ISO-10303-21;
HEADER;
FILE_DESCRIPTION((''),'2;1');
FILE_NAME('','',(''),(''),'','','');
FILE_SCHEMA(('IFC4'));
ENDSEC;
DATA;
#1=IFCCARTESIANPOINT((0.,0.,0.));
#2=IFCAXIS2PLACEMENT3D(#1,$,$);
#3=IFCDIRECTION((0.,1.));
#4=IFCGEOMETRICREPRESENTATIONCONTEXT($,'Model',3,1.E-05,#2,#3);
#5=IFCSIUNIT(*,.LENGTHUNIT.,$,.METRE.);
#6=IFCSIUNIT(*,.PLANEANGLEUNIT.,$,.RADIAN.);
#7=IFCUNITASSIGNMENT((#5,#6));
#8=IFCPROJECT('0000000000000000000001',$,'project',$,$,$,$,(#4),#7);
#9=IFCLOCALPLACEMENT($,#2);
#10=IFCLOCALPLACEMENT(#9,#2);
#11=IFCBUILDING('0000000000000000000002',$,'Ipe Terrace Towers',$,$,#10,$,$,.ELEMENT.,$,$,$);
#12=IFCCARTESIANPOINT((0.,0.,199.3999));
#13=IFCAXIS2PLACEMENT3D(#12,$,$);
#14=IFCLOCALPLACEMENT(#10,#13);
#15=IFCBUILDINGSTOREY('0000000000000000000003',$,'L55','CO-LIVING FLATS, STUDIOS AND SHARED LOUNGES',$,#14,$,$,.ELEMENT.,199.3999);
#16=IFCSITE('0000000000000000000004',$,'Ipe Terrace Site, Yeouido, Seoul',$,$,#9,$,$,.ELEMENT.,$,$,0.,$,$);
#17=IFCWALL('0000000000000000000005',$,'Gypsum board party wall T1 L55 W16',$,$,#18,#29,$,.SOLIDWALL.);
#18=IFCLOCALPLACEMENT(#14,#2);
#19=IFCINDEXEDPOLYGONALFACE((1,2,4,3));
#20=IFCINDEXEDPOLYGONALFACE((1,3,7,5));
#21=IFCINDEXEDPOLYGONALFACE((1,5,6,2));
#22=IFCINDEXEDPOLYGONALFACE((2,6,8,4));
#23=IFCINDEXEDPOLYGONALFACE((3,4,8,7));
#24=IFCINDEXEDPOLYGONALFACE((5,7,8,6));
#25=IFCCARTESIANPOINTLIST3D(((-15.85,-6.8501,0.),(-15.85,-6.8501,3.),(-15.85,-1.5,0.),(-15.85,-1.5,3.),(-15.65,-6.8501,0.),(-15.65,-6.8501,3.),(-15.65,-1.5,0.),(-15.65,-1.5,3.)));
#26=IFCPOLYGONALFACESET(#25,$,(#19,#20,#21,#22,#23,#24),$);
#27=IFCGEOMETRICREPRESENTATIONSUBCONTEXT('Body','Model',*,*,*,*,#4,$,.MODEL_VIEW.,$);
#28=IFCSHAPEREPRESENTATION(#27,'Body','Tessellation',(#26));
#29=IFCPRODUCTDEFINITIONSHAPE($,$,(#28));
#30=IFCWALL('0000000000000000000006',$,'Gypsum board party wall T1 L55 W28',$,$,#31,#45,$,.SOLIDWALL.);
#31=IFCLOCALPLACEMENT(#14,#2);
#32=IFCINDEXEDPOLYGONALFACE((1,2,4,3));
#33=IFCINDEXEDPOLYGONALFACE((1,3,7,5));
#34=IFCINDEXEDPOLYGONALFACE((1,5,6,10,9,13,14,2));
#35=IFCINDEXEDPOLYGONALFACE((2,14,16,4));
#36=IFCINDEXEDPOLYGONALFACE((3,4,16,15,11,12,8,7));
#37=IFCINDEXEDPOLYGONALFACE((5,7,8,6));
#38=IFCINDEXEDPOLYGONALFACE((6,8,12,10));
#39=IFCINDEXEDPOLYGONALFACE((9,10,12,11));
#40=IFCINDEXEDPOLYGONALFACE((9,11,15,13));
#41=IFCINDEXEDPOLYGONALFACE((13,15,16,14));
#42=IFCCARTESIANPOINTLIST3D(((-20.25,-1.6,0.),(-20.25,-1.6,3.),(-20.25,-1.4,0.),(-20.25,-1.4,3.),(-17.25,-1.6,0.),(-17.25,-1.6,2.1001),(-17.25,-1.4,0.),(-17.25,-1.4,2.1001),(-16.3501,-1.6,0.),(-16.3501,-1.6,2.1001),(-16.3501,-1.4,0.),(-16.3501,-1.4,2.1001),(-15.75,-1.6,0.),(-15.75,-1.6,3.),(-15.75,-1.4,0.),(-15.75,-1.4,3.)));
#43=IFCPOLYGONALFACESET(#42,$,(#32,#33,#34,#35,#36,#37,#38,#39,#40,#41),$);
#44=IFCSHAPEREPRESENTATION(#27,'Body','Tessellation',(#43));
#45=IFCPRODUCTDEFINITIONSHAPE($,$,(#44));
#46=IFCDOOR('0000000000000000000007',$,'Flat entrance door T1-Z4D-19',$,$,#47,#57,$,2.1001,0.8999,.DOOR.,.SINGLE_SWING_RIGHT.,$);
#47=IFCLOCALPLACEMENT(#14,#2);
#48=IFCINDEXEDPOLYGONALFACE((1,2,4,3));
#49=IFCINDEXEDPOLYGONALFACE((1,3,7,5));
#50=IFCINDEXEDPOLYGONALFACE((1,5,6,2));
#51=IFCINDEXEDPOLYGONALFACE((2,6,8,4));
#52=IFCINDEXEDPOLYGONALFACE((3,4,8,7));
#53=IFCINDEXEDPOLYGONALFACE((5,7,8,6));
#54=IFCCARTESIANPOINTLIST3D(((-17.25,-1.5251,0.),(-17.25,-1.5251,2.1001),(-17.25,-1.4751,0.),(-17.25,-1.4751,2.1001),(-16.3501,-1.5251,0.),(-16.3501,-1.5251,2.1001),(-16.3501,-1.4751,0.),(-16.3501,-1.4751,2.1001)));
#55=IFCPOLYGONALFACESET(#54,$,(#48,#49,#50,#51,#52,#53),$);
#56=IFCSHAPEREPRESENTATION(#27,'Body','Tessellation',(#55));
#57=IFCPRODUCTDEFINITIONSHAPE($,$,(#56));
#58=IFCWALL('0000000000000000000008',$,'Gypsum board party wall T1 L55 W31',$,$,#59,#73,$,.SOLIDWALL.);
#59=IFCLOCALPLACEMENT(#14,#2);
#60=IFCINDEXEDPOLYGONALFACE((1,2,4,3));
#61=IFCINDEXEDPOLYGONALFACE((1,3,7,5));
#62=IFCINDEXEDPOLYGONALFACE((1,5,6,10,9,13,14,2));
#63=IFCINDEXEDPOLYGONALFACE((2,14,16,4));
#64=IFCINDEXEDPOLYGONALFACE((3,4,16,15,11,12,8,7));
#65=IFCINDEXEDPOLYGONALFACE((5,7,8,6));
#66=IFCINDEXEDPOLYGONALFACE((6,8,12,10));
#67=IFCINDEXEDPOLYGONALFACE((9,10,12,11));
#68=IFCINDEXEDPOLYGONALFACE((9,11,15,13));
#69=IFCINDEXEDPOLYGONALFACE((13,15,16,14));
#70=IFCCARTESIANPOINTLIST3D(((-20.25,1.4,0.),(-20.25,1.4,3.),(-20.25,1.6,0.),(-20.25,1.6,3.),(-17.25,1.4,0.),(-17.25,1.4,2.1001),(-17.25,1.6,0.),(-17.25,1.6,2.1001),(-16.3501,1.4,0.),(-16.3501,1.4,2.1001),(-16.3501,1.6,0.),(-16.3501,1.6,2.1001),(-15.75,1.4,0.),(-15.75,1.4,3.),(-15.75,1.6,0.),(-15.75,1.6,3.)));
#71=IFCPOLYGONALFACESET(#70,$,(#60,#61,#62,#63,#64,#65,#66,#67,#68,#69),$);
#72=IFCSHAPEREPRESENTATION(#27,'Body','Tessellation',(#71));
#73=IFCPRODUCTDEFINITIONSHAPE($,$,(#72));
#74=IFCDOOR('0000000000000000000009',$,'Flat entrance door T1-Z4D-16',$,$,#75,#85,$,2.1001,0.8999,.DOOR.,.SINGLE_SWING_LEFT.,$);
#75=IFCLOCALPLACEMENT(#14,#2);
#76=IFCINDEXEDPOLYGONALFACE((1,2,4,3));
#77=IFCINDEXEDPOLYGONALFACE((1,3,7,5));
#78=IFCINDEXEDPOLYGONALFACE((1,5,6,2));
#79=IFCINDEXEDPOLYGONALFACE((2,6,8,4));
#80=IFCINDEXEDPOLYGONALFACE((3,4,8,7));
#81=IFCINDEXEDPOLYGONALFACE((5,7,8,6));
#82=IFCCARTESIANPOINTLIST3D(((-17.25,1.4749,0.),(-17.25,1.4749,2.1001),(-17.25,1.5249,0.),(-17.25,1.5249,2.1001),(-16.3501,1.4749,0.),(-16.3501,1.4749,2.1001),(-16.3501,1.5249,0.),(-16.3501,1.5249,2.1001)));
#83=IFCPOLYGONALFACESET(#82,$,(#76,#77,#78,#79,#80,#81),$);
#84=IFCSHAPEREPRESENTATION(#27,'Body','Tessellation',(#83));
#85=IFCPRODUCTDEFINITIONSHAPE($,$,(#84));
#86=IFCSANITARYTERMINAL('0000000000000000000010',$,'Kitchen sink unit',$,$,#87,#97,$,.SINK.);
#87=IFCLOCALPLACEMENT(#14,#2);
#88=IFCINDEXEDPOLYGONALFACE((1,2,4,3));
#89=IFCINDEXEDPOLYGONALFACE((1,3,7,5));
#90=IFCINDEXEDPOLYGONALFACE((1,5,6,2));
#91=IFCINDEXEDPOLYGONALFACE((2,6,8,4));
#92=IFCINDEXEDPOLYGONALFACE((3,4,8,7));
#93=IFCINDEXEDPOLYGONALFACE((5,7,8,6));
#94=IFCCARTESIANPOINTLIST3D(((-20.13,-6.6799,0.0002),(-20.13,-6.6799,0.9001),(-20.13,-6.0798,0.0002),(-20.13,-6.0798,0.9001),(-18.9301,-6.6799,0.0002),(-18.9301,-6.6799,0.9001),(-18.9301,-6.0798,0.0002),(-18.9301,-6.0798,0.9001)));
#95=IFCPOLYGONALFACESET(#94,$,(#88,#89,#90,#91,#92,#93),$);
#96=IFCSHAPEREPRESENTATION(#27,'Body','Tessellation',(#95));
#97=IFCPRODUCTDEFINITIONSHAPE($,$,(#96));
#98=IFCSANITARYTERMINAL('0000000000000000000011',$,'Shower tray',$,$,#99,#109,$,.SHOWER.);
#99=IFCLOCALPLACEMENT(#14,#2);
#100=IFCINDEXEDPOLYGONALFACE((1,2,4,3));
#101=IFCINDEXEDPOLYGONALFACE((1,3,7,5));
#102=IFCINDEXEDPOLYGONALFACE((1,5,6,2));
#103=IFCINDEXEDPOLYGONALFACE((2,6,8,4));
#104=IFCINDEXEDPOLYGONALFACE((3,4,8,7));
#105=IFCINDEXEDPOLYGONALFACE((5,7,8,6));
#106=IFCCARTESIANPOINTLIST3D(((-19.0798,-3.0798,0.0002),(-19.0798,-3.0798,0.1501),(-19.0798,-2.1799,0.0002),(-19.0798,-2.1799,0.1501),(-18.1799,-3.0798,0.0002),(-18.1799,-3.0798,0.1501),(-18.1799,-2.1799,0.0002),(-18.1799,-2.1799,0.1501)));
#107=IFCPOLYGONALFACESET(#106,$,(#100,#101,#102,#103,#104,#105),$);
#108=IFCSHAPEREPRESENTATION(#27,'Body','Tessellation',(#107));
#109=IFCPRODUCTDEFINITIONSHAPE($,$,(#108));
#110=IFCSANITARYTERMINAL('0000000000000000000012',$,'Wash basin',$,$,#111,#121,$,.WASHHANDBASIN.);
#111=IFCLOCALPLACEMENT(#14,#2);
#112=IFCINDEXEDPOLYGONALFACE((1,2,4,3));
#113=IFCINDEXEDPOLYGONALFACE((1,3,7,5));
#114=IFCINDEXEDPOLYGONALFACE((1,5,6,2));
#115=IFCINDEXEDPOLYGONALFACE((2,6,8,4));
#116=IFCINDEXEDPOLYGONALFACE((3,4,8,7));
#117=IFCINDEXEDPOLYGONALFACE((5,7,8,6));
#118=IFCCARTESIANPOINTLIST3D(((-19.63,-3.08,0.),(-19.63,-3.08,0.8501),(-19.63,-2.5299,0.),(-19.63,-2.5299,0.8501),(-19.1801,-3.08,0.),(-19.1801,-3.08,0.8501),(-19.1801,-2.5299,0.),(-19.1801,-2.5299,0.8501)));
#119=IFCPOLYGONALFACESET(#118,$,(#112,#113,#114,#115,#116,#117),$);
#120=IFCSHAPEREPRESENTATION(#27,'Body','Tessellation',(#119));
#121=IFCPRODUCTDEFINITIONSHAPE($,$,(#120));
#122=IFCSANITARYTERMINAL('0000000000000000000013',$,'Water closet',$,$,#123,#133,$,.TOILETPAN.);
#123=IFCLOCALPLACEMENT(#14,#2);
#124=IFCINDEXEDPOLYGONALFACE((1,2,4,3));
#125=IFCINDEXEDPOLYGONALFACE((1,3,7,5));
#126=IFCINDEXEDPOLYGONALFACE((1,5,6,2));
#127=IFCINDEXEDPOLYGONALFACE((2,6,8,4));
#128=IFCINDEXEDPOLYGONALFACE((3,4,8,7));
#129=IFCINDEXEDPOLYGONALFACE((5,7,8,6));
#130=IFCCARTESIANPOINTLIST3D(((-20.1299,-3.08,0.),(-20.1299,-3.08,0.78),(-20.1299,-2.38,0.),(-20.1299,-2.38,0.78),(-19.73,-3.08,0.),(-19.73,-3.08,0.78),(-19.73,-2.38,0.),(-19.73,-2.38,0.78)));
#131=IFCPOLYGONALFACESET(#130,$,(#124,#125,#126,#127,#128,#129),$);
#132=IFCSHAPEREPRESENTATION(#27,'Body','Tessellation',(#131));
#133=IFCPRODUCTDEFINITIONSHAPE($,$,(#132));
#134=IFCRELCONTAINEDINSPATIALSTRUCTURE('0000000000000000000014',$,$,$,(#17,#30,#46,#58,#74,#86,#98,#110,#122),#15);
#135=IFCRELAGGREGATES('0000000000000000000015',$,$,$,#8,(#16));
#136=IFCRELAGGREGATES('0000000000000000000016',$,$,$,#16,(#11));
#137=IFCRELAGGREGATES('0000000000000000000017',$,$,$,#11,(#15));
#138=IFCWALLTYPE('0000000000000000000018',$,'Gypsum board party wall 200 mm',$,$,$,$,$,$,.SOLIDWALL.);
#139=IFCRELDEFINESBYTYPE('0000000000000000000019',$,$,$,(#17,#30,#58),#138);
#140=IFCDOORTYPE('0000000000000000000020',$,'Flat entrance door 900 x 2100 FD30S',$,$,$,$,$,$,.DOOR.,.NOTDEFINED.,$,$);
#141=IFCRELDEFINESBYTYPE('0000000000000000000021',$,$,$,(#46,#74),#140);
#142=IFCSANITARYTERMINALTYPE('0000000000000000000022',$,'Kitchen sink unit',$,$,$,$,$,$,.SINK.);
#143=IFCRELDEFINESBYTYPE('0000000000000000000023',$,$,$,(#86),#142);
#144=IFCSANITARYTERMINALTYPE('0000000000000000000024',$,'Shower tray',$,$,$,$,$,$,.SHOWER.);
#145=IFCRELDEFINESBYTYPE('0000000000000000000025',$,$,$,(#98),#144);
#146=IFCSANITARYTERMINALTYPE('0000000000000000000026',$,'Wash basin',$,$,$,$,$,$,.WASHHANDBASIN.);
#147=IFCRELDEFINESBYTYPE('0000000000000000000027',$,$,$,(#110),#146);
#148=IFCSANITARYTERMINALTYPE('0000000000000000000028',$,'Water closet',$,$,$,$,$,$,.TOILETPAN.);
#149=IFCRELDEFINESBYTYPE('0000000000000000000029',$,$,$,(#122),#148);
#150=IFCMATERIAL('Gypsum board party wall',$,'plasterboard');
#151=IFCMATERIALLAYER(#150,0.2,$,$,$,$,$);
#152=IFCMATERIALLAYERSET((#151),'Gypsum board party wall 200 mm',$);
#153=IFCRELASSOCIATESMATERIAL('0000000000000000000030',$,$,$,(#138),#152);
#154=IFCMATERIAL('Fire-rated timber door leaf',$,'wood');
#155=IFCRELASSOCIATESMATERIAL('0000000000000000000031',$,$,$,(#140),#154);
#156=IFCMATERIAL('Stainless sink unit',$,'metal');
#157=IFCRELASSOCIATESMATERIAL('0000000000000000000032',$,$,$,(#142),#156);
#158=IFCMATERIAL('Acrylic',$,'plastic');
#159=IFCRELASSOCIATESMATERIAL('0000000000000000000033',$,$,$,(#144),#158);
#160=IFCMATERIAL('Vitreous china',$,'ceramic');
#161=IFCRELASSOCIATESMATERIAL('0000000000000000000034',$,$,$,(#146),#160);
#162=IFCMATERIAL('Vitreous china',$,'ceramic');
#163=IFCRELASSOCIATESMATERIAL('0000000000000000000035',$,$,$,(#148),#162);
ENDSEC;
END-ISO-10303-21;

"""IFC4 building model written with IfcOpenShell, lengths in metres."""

from ifc_helpers import new_model, si_unit, direction, frame, frame_2d, origin, origin_2d, place, context, subcontext, project, spatial, rectangle, extrude, material, layer, layer_set, type_object, element, fill, save


model = new_model("IFC4")

# Units and contexts
model_context = context("Model", 3, precision=1e-05, world=origin(), true_north=direction((0.0, 1.0)))
body_context = subcontext(model_context, "Body", "Model", "MODEL_VIEW")
ifc_project = project(units=[si_unit("LENGTHUNIT", "METRE"), si_unit("PLANEANGLEUNIT", "RADIAN")], contexts=[model_context])

# Site, building, storey
site_placement = place(None, origin())
site = spatial("IfcSite", under=ifc_project, at=site_placement, Name="Ipe Terrace Site, Yeouido, Seoul", CompositionType="ELEMENT", RefElevation=0.0)
building_placement = place(site_placement, origin())
building = spatial("IfcBuilding", under=site, at=building_placement, Name="Ipe Terrace Towers", CompositionType="ELEMENT")
storey_placement = place(building_placement, frame((0.0, 0.0, 199.3999)))
storey = spatial("IfcBuildingStorey", under=building, at=storey_placement, Name="L55", Description="CO-LIVING FLATS, STUDIOS AND SHARED LOUNGES", CompositionType="ELEMENT", Elevation=199.3999)

# Wall
ifc_material_1 = material(Name="Gypsum board party wall", Category="plasterboard")
ifc_layer_1 = layer(ifc_material_1, 0.2)
ifc_layer_set_1 = layer_set([ifc_layer_1], Name="Gypsum board party wall 200 mm")
wall_type_1 = type_object("IfcWallType", Name="Gypsum board party wall 200 mm", PredefinedType="SOLIDWALL", material=ifc_layer_set_1)
wall_1_placement = place(storey_placement, frame((-15.75, -6.8501, 0.0), z_axis=(0.0, 0.0, 1.0), x_axis=(0.0, 1.0, 0.0)))
element("IfcWall", 1, at=wall_1_placement, inside=storey, type_object=wall_type_1, Name="Gypsum board party wall T1 L55 W16", PredefinedType="SOLIDWALL", context=body_context, shape_type="SweptSolid", body=[
    extrude(rectangle(XDim=5.3501, YDim=0.2, at=frame_2d((2.675, 0.0))), origin(), (0.0, 0.0, 1.0), 3.0),
])

# Walls, openings, doors
wall_2_placement = place(storey_placement, frame((-20.25, -1.5, 0.0), z_axis=(0.0, 0.0, 1.0), x_axis=(1.0, 0.0, 0.0)))
wall_2 = element("IfcWall", 2, at=wall_2_placement, inside=storey, type_object=wall_type_1, Name="Gypsum board party wall T1 L55 W28", PredefinedType="SOLIDWALL", context=body_context, shape_type="SweptSolid", body=[
    extrude(rectangle(XDim=4.5, YDim=0.2, at=frame_2d((2.25, 0.0))), origin(), (0.0, 0.0, 1.0), 3.0),
])
opening_1_placement = place(wall_2_placement, frame((3.0, 0.0, 0.0)))
opening_1 = element("IfcOpeningElement", 3, at=opening_1_placement, cuts=wall_2, PredefinedType="OPENING", context=body_context, shape_type="SweptSolid", body=[
    extrude(rectangle(XDim=0.8999, YDim=2.1001, at=frame_2d((0.45, 1.05))), frame((0.0, 0.1099, 0.0), z_axis=(0.0, -1.0, 0.0), x_axis=(1.0, 0.0, 0.0)), (0.0, 0.0, 1.0), 0.22),
])
ifc_material_2 = material(Name="Fire-rated timber door leaf", Category="wood")
door_type_1 = type_object("IfcDoorType", Name="Flat entrance door 900 x 2100 FD30S", OperationType="NOTDEFINED", PredefinedType="DOOR", material=ifc_material_2)
door_1_placement = place(opening_1_placement, origin())
door_1 = element("IfcDoor", 4, at=door_1_placement, inside=storey, type_object=door_type_1, Name="Flat entrance door T1-Z4D-19", OperationType="SINGLE_SWING_RIGHT", OverallHeight=2.1001, OverallWidth=0.8999, PredefinedType="DOOR", context=body_context, shape_type="SweptSolid", body=[
    extrude(rectangle(XDim=0.8999, YDim=2.1001, at=frame_2d((0.45, 1.05))), frame((0.0, 0.0249, 0.0), z_axis=(0.0, -1.0, 0.0), x_axis=(1.0, 0.0, 0.0)), (0.0, 0.0, 1.0), 0.05),
])
fill(opening_1, door_1)
wall_3_placement = place(storey_placement, frame((-20.25, 1.5, 0.0), z_axis=(0.0, 0.0, 1.0), x_axis=(1.0, 0.0, 0.0)))
wall_3 = element("IfcWall", 5, at=wall_3_placement, inside=storey, type_object=wall_type_1, Name="Gypsum board party wall T1 L55 W31", PredefinedType="SOLIDWALL", context=body_context, shape_type="SweptSolid", body=[
    extrude(rectangle(XDim=4.5, YDim=0.2, at=frame_2d((2.25, 0.0))), origin(), (0.0, 0.0, 1.0), 3.0),
])
opening_2_placement = place(wall_3_placement, frame((3.0, 0.0, 0.0)))
opening_2 = element("IfcOpeningElement", 6, at=opening_2_placement, cuts=wall_3, PredefinedType="OPENING", context=body_context, shape_type="SweptSolid", body=[
    extrude(rectangle(XDim=0.8999, YDim=2.1001, at=frame_2d((0.45, 1.05))), frame((0.0, 0.1099, 0.0), z_axis=(0.0, -1.0, 0.0), x_axis=(1.0, 0.0, 0.0)), (0.0, 0.0, 1.0), 0.22),
])
door_2_placement = place(opening_2_placement, origin())
door_2 = element("IfcDoor", 7, at=door_2_placement, inside=storey, type_object=door_type_1, Name="Flat entrance door T1-Z4D-16", OperationType="SINGLE_SWING_LEFT", OverallHeight=2.1001, OverallWidth=0.8999, PredefinedType="DOOR", context=body_context, shape_type="SweptSolid", body=[
    extrude(rectangle(XDim=0.8999, YDim=2.1001, at=frame_2d((0.45, 1.05))), frame((0.0, 0.0249, 0.0), z_axis=(0.0, -1.0, 0.0), x_axis=(1.0, 0.0, 0.0)), (0.0, 0.0, 1.0), 0.05),
])
fill(opening_2, door_2)

# Sanitary terminals
ifc_material_3 = material(Name="Stainless sink unit", Category="metal")
sanitary_terminal_type_1 = type_object("IfcSanitaryTerminalType", Name="Kitchen sink unit", PredefinedType="SINK", material=ifc_material_3)
sanitary_terminal_1_placement = place(storey_placement, frame((-19.53, -6.3799, 0.0002), z_axis=(0.0, 0.0, 1.0), x_axis=(-1.0, 0.0, 0.0)))
element("IfcSanitaryTerminal", 8, at=sanitary_terminal_1_placement, inside=storey, type_object=sanitary_terminal_type_1, Name="Kitchen sink unit", PredefinedType="SINK", context=body_context, shape_type="SweptSolid", body=[
    extrude(rectangle(XDim=1.2, YDim=0.6001, at=origin_2d()), origin(), (0.0, 0.0, 1.0), 0.8999),
])
ifc_material_4 = material(Name="Acrylic", Category="plastic")
sanitary_terminal_type_2 = type_object("IfcSanitaryTerminalType", Name="Shower tray", PredefinedType="SHOWER", material=ifc_material_4)
sanitary_terminal_2_placement = place(storey_placement, frame((-18.6299, -2.6299, 0.0002), z_axis=(0.0, 0.0, 1.0), x_axis=(0.0, 1.0, 0.0)))
element("IfcSanitaryTerminal", 9, at=sanitary_terminal_2_placement, inside=storey, type_object=sanitary_terminal_type_2, Name="Shower tray", PredefinedType="SHOWER", context=body_context, shape_type="SweptSolid", body=[
    extrude(rectangle(XDim=0.8999, YDim=0.8999, at=origin_2d()), origin(), (0.0, 0.0, 1.0), 0.1499),
])
ifc_material_5 = material(Name="Vitreous china", Category="ceramic")
sanitary_terminal_type_3 = type_object("IfcSanitaryTerminalType", Name="Wash basin", PredefinedType="WASHHANDBASIN", material=ifc_material_5)
sanitary_terminal_3_placement = place(storey_placement, frame((-19.405, -2.8049, 0.0), z_axis=(0.0, 0.0, 1.0), x_axis=(0.0, 1.0, 0.0)))
element("IfcSanitaryTerminal", 10, at=sanitary_terminal_3_placement, inside=storey, type_object=sanitary_terminal_type_3, Name="Wash basin", PredefinedType="WASHHANDBASIN", context=body_context, shape_type="SweptSolid", body=[
    extrude(rectangle(XDim=0.55, YDim=0.45, at=origin_2d()), origin(), (0.0, 0.0, 1.0), 0.8501),
])
ifc_material_6 = material(Name="Vitreous china", Category="ceramic")
sanitary_terminal_type_4 = type_object("IfcSanitaryTerminalType", Name="Water closet", PredefinedType="TOILETPAN", material=ifc_material_6)
sanitary_terminal_4_placement = place(storey_placement, frame((-19.9299, -2.73, 0.0), z_axis=(0.0, 0.0, 1.0), x_axis=(0.0, 1.0, 0.0)))
element("IfcSanitaryTerminal", 11, at=sanitary_terminal_4_placement, inside=storey, type_object=sanitary_terminal_type_4, Name="Water closet", PredefinedType="TOILETPAN", context=body_context, shape_type="SweptSolid", body=[
    extrude(rectangle(XDim=0.7, YDim=0.3999, at=origin_2d()), origin(), (0.0, 0.0, 1.0), 0.78),
])

save(model, "model.ifc")
